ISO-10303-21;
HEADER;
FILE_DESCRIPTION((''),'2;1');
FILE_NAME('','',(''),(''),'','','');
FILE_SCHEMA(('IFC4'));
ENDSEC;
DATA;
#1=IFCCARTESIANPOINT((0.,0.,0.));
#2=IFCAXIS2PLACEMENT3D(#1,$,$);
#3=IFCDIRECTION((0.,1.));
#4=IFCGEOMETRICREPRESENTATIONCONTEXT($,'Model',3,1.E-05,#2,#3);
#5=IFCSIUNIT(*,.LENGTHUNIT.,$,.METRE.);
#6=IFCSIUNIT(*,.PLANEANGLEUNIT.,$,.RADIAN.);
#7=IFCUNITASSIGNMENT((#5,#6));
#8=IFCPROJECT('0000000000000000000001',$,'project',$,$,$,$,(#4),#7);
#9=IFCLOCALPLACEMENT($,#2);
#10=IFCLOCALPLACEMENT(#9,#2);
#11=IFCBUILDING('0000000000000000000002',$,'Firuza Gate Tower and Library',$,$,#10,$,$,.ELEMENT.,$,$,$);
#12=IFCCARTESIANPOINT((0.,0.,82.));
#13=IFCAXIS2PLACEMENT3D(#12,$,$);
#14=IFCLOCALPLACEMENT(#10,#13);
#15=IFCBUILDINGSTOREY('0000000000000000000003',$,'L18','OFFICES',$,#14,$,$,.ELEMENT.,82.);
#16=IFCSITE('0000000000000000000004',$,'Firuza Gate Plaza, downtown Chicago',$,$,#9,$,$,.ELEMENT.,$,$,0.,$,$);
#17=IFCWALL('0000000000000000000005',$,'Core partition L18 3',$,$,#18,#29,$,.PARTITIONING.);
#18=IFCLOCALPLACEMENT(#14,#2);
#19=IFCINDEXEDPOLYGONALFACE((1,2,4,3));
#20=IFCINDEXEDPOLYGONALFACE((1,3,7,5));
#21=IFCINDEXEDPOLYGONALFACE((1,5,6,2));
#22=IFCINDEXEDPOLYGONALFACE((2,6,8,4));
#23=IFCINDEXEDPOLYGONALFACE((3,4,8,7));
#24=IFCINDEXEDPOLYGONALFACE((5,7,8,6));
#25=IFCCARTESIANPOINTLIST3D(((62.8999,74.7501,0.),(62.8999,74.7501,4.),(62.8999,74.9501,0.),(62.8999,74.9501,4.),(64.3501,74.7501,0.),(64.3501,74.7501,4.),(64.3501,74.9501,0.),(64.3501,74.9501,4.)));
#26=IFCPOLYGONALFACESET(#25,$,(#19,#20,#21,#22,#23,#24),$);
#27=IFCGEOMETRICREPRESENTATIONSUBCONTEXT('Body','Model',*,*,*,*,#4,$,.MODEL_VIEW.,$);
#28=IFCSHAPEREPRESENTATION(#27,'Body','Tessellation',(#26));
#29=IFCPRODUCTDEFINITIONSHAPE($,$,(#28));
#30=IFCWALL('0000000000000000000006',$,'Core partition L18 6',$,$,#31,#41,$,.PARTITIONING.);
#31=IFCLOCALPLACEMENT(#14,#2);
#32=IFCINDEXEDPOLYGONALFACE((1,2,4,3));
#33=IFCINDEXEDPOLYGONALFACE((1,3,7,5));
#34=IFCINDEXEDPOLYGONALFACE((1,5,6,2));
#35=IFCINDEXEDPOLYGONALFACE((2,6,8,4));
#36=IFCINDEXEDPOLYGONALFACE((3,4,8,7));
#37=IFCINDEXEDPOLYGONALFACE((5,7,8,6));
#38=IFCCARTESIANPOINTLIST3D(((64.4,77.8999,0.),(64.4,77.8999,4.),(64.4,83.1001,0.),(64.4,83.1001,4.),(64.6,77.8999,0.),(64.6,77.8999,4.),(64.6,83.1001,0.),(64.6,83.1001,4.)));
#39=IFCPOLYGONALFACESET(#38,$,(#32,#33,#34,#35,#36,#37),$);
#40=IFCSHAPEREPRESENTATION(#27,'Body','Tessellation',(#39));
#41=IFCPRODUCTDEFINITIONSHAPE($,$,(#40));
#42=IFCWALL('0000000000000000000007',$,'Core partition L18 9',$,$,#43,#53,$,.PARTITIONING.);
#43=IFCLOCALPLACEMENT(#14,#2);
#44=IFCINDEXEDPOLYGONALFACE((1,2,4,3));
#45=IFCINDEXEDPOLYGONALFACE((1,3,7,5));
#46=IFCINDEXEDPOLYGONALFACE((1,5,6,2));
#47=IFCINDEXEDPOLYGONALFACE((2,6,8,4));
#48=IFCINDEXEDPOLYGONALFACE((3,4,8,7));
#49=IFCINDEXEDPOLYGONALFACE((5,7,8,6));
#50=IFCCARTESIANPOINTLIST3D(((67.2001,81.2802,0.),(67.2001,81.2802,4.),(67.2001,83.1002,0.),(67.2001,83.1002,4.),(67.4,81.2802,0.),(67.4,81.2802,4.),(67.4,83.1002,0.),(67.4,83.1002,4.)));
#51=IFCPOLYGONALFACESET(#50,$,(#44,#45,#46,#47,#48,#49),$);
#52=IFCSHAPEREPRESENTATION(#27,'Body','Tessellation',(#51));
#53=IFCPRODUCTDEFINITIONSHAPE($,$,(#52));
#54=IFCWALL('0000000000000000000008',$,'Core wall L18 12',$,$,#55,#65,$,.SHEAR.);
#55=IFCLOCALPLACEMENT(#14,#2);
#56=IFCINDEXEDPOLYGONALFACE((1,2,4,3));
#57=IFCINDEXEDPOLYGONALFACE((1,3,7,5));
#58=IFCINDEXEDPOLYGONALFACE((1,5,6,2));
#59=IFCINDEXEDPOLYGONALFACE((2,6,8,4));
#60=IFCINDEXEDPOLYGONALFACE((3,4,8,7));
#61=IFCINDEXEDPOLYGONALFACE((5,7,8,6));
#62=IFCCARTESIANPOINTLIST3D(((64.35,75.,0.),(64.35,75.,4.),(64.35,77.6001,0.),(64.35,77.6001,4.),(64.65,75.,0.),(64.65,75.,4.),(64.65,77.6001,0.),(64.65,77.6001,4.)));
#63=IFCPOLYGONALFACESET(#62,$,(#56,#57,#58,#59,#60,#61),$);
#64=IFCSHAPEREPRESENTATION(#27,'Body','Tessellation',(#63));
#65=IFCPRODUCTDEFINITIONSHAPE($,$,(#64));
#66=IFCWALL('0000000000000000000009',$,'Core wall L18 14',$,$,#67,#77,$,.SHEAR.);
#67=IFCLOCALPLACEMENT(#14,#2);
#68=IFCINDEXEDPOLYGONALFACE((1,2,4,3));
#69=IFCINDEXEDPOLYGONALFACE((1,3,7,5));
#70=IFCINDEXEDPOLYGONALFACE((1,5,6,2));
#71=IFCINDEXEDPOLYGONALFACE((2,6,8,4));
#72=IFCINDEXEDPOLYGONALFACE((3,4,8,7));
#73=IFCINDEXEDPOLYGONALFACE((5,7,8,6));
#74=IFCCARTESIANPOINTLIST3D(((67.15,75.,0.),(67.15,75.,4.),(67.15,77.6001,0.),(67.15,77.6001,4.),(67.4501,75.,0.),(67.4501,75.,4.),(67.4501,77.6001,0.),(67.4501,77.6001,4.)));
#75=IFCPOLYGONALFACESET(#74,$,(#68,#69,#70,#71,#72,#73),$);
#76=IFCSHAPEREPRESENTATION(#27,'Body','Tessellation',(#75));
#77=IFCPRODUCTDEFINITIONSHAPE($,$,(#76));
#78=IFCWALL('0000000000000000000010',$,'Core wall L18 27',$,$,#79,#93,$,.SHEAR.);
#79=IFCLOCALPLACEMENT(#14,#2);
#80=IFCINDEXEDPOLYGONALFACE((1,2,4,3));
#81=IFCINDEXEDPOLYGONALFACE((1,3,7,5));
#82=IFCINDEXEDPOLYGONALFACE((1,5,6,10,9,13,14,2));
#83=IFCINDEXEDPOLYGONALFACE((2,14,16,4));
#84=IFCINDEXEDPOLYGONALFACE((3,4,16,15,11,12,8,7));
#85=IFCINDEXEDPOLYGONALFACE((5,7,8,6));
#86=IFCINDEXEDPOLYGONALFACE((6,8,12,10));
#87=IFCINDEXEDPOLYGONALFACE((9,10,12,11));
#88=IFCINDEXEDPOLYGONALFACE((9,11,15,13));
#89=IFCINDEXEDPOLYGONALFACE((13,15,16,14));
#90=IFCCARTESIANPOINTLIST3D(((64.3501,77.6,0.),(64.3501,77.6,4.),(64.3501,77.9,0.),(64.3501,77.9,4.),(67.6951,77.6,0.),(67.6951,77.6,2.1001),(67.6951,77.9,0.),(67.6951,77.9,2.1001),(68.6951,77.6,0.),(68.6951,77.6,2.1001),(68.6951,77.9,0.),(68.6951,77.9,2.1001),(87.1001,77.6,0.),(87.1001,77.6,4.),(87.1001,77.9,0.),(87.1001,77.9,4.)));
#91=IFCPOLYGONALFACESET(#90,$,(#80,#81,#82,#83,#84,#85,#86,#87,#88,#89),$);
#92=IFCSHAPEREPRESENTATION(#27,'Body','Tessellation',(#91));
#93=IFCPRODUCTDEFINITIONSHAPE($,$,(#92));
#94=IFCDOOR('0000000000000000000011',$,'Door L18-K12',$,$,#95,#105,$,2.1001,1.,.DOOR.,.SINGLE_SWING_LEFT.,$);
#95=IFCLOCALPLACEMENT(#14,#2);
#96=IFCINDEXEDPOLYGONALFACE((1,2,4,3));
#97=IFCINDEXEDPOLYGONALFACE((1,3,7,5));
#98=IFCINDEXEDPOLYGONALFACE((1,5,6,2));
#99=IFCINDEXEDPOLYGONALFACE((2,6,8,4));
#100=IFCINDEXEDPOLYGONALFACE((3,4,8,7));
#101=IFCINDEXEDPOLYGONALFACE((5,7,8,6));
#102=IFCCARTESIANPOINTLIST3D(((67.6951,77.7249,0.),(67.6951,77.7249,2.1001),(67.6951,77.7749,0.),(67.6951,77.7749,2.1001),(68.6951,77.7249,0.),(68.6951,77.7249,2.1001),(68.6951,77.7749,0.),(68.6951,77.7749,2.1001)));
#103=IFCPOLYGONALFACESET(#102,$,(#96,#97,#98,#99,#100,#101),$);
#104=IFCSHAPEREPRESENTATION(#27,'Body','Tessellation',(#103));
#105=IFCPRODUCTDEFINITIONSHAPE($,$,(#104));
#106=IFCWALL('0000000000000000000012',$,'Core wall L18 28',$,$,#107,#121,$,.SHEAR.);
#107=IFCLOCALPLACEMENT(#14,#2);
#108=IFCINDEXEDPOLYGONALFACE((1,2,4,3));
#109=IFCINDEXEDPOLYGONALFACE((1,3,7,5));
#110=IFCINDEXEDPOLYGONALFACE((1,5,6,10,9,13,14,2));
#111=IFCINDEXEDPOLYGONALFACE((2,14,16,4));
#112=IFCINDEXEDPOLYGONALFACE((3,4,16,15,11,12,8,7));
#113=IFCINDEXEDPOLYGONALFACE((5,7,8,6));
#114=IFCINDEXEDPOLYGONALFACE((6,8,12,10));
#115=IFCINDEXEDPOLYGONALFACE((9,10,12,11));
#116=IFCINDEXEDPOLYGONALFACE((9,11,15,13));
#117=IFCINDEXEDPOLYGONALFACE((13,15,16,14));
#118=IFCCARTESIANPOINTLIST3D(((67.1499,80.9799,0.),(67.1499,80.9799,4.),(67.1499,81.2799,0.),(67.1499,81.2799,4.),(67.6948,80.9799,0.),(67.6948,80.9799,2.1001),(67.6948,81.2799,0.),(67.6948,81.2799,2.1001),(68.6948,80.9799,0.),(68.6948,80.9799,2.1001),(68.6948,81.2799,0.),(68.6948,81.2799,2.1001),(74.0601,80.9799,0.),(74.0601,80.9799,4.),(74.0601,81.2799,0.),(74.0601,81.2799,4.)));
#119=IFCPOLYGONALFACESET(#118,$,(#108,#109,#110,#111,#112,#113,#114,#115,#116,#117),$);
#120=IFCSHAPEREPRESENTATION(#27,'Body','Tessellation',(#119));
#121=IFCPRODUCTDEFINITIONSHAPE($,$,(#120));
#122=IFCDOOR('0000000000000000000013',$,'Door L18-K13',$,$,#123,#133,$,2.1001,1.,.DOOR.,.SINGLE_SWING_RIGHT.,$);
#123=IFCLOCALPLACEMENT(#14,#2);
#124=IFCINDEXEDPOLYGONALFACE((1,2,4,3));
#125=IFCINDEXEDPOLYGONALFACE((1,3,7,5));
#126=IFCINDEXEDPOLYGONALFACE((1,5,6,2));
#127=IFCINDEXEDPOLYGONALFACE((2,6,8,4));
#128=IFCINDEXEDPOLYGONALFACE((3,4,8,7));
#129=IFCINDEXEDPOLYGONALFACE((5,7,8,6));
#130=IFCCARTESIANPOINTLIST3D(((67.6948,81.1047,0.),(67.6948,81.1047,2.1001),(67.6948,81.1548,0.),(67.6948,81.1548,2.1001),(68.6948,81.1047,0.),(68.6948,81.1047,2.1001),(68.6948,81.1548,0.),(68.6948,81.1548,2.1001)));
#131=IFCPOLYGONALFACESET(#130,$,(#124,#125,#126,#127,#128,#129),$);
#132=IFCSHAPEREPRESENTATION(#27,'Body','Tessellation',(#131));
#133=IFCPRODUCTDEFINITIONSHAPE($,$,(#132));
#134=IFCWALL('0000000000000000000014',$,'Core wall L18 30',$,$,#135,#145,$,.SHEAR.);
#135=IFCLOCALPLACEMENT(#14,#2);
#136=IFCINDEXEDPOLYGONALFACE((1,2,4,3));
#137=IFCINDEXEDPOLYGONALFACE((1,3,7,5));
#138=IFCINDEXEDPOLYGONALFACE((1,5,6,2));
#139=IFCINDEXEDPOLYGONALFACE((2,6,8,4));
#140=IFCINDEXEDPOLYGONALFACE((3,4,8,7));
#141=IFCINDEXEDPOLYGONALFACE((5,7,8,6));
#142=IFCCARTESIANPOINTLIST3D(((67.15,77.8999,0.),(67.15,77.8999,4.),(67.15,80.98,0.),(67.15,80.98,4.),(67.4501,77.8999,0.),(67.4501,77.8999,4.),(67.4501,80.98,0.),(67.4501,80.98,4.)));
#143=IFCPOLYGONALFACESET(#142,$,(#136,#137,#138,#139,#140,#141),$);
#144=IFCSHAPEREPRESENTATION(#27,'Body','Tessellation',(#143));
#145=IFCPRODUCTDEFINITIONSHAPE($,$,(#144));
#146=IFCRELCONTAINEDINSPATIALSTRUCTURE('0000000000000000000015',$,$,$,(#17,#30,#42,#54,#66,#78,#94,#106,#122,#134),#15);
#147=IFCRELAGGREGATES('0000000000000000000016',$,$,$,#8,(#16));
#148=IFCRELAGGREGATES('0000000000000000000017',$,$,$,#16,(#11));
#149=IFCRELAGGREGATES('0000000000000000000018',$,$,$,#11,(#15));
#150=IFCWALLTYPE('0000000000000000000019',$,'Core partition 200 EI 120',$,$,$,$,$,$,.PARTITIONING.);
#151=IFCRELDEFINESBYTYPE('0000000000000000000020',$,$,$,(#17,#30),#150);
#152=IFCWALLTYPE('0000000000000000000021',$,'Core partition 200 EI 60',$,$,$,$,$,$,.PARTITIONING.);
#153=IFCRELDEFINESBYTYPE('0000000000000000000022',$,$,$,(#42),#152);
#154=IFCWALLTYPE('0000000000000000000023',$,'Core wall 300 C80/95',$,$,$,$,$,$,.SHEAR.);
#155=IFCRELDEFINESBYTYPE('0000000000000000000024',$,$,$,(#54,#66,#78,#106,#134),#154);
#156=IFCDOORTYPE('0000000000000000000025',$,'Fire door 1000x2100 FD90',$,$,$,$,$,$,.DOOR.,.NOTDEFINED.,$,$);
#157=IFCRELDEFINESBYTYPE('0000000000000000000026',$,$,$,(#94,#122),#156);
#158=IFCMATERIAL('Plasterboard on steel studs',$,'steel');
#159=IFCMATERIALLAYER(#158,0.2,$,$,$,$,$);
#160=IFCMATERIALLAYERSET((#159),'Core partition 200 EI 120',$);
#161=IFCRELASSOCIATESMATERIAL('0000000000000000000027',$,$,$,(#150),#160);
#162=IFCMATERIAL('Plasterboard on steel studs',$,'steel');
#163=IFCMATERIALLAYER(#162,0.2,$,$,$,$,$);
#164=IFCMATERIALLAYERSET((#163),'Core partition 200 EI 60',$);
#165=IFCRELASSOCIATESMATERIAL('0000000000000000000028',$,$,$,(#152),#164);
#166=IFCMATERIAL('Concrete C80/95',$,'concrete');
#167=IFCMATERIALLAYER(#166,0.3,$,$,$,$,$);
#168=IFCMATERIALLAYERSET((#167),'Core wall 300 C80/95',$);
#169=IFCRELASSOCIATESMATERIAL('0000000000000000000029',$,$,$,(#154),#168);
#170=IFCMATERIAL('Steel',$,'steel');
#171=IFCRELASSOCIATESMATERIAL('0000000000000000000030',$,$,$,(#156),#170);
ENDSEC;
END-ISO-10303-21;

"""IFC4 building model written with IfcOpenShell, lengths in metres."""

from ifc_helpers import new_model, si_unit, direction, frame, frame_2d, origin, place, context, subcontext, project, spatial, rectangle, extrude, material, layer, layer_set, type_object, element, fill, save


model = new_model("IFC4")

# Units and contexts
model_context = context("Model", 3, precision=1e-05, world=origin(), true_north=direction((0.0, 1.0)))
body_context = subcontext(model_context, "Body", "Model", "MODEL_VIEW")
ifc_project = project(units=[si_unit("LENGTHUNIT", "METRE"), si_unit("PLANEANGLEUNIT", "RADIAN")], contexts=[model_context])

# Site, building, storey
site_placement = place(None, origin())
site = spatial("IfcSite", under=ifc_project, at=site_placement, Name="Firuza Gate Plaza, downtown Chicago", CompositionType="ELEMENT", RefElevation=0.0)
building_placement = place(site_placement, origin())
building = spatial("IfcBuilding", under=site, at=building_placement, Name="Firuza Gate Tower and Library", CompositionType="ELEMENT")
storey_placement = place(building_placement, frame((0.0, 0.0, 82.0)))
storey = spatial("IfcBuildingStorey", under=building, at=storey_placement, Name="L18", Description="OFFICES", CompositionType="ELEMENT", Elevation=82.0)

# Walls
ifc_material_1 = material(Name="Plasterboard on steel studs", Category="steel")
ifc_layer_1 = layer(ifc_material_1, 0.2)
ifc_layer_set_1 = layer_set([ifc_layer_1], Name="Core partition 200 EI 120")
wall_type_1 = type_object("IfcWallType", Name="Core partition 200 EI 120", PredefinedType="PARTITIONING", material=ifc_layer_set_1)
wall_1_placement = place(storey_placement, frame((62.8999, 74.8501, 0.0), z_axis=(0.0, 0.0, 1.0), x_axis=(1.0, 0.0, 0.0)))
element("IfcWall", 1, at=wall_1_placement, inside=storey, type_object=wall_type_1, Name="Core partition L18 3", PredefinedType="PARTITIONING", context=body_context, shape_type="SweptSolid", body=[
    extrude(rectangle(XDim=1.4502, YDim=0.2, at=frame_2d((0.7251, 0.0))), origin(), (0.0, 0.0, 1.0), 4.0),
])
wall_2_placement = place(storey_placement, frame((64.5, 77.8999, 0.0), z_axis=(0.0, 0.0, 1.0), x_axis=(0.0, 1.0, 0.0)))
element("IfcWall", 2, at=wall_2_placement, inside=storey, type_object=wall_type_1, Name="Core partition L18 6", PredefinedType="PARTITIONING", context=body_context, shape_type="SweptSolid", body=[
    extrude(rectangle(XDim=5.2002, YDim=0.2, at=frame_2d((2.6001, 0.0))), origin(), (0.0, 0.0, 1.0), 4.0),
])
ifc_material_2 = material(Name="Plasterboard on steel studs", Category="steel")
ifc_layer_2 = layer(ifc_material_2, 0.2)
ifc_layer_set_2 = layer_set([ifc_layer_2], Name="Core partition 200 EI 60")
wall_type_2 = type_object("IfcWallType", Name="Core partition 200 EI 60", PredefinedType="PARTITIONING", material=ifc_layer_set_2)
wall_3_placement = place(storey_placement, frame((67.3, 81.28, 0.0), z_axis=(0.0, 0.0, 1.0), x_axis=(0.0, 1.0, 0.0)))
element("IfcWall", 3, at=wall_3_placement, inside=storey, type_object=wall_type_2, Name="Core partition L18 9", PredefinedType="PARTITIONING", context=body_context, shape_type="SweptSolid", body=[
    extrude(rectangle(XDim=1.8201, YDim=0.2, at=frame_2d((0.9102, 0.0))), origin(), (0.0, 0.0, 1.0), 4.0),
])
ifc_material_3 = material(Name="Concrete C80/95", Category="concrete")
ifc_layer_3 = layer(ifc_material_3, 0.3)
ifc_layer_set_3 = layer_set([ifc_layer_3], Name="Core wall 300 C80/95")
wall_type_3 = type_object("IfcWallType", Name="Core wall 300 C80/95", PredefinedType="SHEAR", material=ifc_layer_set_3)
for number, where, z_axis, x_axis, name in (
    (4, (64.5, 75.0, 0.0), (0.0, 0.0, 1.0), (0.0, 1.0, 0.0), "Core wall L18 12"),
    (5, (67.3, 75.0, 0.0), (0.0, 0.0, 1.0), (0.0, 1.0, 0.0), "Core wall L18 14"),
):
    element("IfcWall", number, at=place(storey_placement, frame(where, z_axis=z_axis, x_axis=x_axis)), inside=storey, type_object=wall_type_3, Name=name, PredefinedType="SHEAR", context=body_context, shape_type="SweptSolid", body=[
        extrude(rectangle(XDim=2.6001, YDim=0.3, at=frame_2d((1.3, 0.0))), origin(), (0.0, 0.0, 1.0), 4.0),
    ])

# Walls, openings, doors
wall_4_placement = place(storey_placement, frame((64.3501, 77.75, 0.0), z_axis=(0.0, 0.0, 1.0), x_axis=(1.0, 0.0, 0.0)))
wall_4 = element("IfcWall", 6, at=wall_4_placement, inside=storey, type_object=wall_type_3, Name="Core wall L18 27", PredefinedType="SHEAR", context=body_context, shape_type="SweptSolid", body=[
    extrude(rectangle(XDim=22.75, YDim=0.3, at=frame_2d((11.375, 0.0))), origin(), (0.0, 0.0, 1.0), 4.0),
])
opening_1_placement = place(wall_4_placement, frame((3.345, 0.0, 0.0)))
opening_1 = element("IfcOpeningElement", 7, at=opening_1_placement, cuts=wall_4, PredefinedType="OPENING", context=body_context, shape_type="SweptSolid", body=[
    extrude(rectangle(XDim=1.0, YDim=2.1001, at=frame_2d((0.5, 1.05))), frame((0.0, 0.1602, 0.0), z_axis=(0.0, -1.0, 0.0), x_axis=(1.0, 0.0, 0.0)), (0.0, 0.0, 1.0), 0.3201),
])
ifc_material_4 = material(Name="Steel", Category="steel")
door_type_1 = type_object("IfcDoorType", Name="Fire door 1000x2100 FD90", OperationType="NOTDEFINED", PredefinedType="DOOR", material=ifc_material_4)
door_1_placement = place(opening_1_placement, origin())
door_1 = element("IfcDoor", 8, at=door_1_placement, inside=storey, type_object=door_type_1, Name="Door L18-K12", OperationType="SINGLE_SWING_LEFT", OverallHeight=2.1001, OverallWidth=1.0, PredefinedType="DOOR", context=body_context, shape_type="SweptSolid", body=[
    extrude(rectangle(XDim=1.0, YDim=2.1001, at=frame_2d((0.5, 1.05))), frame((0.0, 0.0249, 0.0), z_axis=(0.0, -1.0, 0.0), x_axis=(1.0, 0.0, 0.0)), (0.0, 0.0, 1.0), 0.05),
])
fill(opening_1, door_1)
wall_5_placement = place(storey_placement, frame((67.1499, 81.1299, 0.0), z_axis=(0.0, 0.0, 1.0), x_axis=(1.0, 0.0, 0.0)))
wall_5 = element("IfcWall", 9, at=wall_5_placement, inside=storey, type_object=wall_type_3, Name="Core wall L18 28", PredefinedType="SHEAR", context=body_context, shape_type="SweptSolid", body=[
    extrude(rectangle(XDim=6.9102, YDim=0.3, at=frame_2d((3.4551, 0.0))), origin(), (0.0, 0.0, 1.0), 4.0),
])
opening_2_placement = place(wall_5_placement, frame((0.5449, 0.0, 0.0)))
opening_2 = element("IfcOpeningElement", 10, at=opening_2_placement, cuts=wall_5, PredefinedType="OPENING", context=body_context, shape_type="SweptSolid", body=[
    extrude(rectangle(XDim=1.0, YDim=2.1001, at=frame_2d((0.5, 1.05))), frame((0.0, 0.1602, 0.0), z_axis=(0.0, -1.0, 0.0), x_axis=(1.0, 0.0, 0.0)), (0.0, 0.0, 1.0), 0.3201),
])
door_2_placement = place(opening_2_placement, origin())
door_2 = element("IfcDoor", 11, at=door_2_placement, inside=storey, type_object=door_type_1, Name="Door L18-K13", OperationType="SINGLE_SWING_RIGHT", OverallHeight=2.1001, OverallWidth=1.0, PredefinedType="DOOR", context=body_context, shape_type="SweptSolid", body=[
    extrude(rectangle(XDim=1.0, YDim=2.1001, at=frame_2d((0.5, 1.05))), frame((0.0, 0.0249, 0.0), z_axis=(0.0, -1.0, 0.0), x_axis=(1.0, 0.0, 0.0)), (0.0, 0.0, 1.0), 0.05),
])
fill(opening_2, door_2)

# Wall
wall_6_placement = place(storey_placement, frame((67.3, 77.8999, 0.0), z_axis=(0.0, 0.0, 1.0), x_axis=(0.0, 1.0, 0.0)))
element("IfcWall", 12, at=wall_6_placement, inside=storey, type_object=wall_type_3, Name="Core wall L18 30", PredefinedType="SHEAR", context=body_context, shape_type="SweptSolid", body=[
    extrude(rectangle(XDim=3.0801, YDim=0.3, at=frame_2d((1.54, 0.0))), origin(), (0.0, 0.0, 1.0), 4.0),
])

save(model, "model.ifc")
